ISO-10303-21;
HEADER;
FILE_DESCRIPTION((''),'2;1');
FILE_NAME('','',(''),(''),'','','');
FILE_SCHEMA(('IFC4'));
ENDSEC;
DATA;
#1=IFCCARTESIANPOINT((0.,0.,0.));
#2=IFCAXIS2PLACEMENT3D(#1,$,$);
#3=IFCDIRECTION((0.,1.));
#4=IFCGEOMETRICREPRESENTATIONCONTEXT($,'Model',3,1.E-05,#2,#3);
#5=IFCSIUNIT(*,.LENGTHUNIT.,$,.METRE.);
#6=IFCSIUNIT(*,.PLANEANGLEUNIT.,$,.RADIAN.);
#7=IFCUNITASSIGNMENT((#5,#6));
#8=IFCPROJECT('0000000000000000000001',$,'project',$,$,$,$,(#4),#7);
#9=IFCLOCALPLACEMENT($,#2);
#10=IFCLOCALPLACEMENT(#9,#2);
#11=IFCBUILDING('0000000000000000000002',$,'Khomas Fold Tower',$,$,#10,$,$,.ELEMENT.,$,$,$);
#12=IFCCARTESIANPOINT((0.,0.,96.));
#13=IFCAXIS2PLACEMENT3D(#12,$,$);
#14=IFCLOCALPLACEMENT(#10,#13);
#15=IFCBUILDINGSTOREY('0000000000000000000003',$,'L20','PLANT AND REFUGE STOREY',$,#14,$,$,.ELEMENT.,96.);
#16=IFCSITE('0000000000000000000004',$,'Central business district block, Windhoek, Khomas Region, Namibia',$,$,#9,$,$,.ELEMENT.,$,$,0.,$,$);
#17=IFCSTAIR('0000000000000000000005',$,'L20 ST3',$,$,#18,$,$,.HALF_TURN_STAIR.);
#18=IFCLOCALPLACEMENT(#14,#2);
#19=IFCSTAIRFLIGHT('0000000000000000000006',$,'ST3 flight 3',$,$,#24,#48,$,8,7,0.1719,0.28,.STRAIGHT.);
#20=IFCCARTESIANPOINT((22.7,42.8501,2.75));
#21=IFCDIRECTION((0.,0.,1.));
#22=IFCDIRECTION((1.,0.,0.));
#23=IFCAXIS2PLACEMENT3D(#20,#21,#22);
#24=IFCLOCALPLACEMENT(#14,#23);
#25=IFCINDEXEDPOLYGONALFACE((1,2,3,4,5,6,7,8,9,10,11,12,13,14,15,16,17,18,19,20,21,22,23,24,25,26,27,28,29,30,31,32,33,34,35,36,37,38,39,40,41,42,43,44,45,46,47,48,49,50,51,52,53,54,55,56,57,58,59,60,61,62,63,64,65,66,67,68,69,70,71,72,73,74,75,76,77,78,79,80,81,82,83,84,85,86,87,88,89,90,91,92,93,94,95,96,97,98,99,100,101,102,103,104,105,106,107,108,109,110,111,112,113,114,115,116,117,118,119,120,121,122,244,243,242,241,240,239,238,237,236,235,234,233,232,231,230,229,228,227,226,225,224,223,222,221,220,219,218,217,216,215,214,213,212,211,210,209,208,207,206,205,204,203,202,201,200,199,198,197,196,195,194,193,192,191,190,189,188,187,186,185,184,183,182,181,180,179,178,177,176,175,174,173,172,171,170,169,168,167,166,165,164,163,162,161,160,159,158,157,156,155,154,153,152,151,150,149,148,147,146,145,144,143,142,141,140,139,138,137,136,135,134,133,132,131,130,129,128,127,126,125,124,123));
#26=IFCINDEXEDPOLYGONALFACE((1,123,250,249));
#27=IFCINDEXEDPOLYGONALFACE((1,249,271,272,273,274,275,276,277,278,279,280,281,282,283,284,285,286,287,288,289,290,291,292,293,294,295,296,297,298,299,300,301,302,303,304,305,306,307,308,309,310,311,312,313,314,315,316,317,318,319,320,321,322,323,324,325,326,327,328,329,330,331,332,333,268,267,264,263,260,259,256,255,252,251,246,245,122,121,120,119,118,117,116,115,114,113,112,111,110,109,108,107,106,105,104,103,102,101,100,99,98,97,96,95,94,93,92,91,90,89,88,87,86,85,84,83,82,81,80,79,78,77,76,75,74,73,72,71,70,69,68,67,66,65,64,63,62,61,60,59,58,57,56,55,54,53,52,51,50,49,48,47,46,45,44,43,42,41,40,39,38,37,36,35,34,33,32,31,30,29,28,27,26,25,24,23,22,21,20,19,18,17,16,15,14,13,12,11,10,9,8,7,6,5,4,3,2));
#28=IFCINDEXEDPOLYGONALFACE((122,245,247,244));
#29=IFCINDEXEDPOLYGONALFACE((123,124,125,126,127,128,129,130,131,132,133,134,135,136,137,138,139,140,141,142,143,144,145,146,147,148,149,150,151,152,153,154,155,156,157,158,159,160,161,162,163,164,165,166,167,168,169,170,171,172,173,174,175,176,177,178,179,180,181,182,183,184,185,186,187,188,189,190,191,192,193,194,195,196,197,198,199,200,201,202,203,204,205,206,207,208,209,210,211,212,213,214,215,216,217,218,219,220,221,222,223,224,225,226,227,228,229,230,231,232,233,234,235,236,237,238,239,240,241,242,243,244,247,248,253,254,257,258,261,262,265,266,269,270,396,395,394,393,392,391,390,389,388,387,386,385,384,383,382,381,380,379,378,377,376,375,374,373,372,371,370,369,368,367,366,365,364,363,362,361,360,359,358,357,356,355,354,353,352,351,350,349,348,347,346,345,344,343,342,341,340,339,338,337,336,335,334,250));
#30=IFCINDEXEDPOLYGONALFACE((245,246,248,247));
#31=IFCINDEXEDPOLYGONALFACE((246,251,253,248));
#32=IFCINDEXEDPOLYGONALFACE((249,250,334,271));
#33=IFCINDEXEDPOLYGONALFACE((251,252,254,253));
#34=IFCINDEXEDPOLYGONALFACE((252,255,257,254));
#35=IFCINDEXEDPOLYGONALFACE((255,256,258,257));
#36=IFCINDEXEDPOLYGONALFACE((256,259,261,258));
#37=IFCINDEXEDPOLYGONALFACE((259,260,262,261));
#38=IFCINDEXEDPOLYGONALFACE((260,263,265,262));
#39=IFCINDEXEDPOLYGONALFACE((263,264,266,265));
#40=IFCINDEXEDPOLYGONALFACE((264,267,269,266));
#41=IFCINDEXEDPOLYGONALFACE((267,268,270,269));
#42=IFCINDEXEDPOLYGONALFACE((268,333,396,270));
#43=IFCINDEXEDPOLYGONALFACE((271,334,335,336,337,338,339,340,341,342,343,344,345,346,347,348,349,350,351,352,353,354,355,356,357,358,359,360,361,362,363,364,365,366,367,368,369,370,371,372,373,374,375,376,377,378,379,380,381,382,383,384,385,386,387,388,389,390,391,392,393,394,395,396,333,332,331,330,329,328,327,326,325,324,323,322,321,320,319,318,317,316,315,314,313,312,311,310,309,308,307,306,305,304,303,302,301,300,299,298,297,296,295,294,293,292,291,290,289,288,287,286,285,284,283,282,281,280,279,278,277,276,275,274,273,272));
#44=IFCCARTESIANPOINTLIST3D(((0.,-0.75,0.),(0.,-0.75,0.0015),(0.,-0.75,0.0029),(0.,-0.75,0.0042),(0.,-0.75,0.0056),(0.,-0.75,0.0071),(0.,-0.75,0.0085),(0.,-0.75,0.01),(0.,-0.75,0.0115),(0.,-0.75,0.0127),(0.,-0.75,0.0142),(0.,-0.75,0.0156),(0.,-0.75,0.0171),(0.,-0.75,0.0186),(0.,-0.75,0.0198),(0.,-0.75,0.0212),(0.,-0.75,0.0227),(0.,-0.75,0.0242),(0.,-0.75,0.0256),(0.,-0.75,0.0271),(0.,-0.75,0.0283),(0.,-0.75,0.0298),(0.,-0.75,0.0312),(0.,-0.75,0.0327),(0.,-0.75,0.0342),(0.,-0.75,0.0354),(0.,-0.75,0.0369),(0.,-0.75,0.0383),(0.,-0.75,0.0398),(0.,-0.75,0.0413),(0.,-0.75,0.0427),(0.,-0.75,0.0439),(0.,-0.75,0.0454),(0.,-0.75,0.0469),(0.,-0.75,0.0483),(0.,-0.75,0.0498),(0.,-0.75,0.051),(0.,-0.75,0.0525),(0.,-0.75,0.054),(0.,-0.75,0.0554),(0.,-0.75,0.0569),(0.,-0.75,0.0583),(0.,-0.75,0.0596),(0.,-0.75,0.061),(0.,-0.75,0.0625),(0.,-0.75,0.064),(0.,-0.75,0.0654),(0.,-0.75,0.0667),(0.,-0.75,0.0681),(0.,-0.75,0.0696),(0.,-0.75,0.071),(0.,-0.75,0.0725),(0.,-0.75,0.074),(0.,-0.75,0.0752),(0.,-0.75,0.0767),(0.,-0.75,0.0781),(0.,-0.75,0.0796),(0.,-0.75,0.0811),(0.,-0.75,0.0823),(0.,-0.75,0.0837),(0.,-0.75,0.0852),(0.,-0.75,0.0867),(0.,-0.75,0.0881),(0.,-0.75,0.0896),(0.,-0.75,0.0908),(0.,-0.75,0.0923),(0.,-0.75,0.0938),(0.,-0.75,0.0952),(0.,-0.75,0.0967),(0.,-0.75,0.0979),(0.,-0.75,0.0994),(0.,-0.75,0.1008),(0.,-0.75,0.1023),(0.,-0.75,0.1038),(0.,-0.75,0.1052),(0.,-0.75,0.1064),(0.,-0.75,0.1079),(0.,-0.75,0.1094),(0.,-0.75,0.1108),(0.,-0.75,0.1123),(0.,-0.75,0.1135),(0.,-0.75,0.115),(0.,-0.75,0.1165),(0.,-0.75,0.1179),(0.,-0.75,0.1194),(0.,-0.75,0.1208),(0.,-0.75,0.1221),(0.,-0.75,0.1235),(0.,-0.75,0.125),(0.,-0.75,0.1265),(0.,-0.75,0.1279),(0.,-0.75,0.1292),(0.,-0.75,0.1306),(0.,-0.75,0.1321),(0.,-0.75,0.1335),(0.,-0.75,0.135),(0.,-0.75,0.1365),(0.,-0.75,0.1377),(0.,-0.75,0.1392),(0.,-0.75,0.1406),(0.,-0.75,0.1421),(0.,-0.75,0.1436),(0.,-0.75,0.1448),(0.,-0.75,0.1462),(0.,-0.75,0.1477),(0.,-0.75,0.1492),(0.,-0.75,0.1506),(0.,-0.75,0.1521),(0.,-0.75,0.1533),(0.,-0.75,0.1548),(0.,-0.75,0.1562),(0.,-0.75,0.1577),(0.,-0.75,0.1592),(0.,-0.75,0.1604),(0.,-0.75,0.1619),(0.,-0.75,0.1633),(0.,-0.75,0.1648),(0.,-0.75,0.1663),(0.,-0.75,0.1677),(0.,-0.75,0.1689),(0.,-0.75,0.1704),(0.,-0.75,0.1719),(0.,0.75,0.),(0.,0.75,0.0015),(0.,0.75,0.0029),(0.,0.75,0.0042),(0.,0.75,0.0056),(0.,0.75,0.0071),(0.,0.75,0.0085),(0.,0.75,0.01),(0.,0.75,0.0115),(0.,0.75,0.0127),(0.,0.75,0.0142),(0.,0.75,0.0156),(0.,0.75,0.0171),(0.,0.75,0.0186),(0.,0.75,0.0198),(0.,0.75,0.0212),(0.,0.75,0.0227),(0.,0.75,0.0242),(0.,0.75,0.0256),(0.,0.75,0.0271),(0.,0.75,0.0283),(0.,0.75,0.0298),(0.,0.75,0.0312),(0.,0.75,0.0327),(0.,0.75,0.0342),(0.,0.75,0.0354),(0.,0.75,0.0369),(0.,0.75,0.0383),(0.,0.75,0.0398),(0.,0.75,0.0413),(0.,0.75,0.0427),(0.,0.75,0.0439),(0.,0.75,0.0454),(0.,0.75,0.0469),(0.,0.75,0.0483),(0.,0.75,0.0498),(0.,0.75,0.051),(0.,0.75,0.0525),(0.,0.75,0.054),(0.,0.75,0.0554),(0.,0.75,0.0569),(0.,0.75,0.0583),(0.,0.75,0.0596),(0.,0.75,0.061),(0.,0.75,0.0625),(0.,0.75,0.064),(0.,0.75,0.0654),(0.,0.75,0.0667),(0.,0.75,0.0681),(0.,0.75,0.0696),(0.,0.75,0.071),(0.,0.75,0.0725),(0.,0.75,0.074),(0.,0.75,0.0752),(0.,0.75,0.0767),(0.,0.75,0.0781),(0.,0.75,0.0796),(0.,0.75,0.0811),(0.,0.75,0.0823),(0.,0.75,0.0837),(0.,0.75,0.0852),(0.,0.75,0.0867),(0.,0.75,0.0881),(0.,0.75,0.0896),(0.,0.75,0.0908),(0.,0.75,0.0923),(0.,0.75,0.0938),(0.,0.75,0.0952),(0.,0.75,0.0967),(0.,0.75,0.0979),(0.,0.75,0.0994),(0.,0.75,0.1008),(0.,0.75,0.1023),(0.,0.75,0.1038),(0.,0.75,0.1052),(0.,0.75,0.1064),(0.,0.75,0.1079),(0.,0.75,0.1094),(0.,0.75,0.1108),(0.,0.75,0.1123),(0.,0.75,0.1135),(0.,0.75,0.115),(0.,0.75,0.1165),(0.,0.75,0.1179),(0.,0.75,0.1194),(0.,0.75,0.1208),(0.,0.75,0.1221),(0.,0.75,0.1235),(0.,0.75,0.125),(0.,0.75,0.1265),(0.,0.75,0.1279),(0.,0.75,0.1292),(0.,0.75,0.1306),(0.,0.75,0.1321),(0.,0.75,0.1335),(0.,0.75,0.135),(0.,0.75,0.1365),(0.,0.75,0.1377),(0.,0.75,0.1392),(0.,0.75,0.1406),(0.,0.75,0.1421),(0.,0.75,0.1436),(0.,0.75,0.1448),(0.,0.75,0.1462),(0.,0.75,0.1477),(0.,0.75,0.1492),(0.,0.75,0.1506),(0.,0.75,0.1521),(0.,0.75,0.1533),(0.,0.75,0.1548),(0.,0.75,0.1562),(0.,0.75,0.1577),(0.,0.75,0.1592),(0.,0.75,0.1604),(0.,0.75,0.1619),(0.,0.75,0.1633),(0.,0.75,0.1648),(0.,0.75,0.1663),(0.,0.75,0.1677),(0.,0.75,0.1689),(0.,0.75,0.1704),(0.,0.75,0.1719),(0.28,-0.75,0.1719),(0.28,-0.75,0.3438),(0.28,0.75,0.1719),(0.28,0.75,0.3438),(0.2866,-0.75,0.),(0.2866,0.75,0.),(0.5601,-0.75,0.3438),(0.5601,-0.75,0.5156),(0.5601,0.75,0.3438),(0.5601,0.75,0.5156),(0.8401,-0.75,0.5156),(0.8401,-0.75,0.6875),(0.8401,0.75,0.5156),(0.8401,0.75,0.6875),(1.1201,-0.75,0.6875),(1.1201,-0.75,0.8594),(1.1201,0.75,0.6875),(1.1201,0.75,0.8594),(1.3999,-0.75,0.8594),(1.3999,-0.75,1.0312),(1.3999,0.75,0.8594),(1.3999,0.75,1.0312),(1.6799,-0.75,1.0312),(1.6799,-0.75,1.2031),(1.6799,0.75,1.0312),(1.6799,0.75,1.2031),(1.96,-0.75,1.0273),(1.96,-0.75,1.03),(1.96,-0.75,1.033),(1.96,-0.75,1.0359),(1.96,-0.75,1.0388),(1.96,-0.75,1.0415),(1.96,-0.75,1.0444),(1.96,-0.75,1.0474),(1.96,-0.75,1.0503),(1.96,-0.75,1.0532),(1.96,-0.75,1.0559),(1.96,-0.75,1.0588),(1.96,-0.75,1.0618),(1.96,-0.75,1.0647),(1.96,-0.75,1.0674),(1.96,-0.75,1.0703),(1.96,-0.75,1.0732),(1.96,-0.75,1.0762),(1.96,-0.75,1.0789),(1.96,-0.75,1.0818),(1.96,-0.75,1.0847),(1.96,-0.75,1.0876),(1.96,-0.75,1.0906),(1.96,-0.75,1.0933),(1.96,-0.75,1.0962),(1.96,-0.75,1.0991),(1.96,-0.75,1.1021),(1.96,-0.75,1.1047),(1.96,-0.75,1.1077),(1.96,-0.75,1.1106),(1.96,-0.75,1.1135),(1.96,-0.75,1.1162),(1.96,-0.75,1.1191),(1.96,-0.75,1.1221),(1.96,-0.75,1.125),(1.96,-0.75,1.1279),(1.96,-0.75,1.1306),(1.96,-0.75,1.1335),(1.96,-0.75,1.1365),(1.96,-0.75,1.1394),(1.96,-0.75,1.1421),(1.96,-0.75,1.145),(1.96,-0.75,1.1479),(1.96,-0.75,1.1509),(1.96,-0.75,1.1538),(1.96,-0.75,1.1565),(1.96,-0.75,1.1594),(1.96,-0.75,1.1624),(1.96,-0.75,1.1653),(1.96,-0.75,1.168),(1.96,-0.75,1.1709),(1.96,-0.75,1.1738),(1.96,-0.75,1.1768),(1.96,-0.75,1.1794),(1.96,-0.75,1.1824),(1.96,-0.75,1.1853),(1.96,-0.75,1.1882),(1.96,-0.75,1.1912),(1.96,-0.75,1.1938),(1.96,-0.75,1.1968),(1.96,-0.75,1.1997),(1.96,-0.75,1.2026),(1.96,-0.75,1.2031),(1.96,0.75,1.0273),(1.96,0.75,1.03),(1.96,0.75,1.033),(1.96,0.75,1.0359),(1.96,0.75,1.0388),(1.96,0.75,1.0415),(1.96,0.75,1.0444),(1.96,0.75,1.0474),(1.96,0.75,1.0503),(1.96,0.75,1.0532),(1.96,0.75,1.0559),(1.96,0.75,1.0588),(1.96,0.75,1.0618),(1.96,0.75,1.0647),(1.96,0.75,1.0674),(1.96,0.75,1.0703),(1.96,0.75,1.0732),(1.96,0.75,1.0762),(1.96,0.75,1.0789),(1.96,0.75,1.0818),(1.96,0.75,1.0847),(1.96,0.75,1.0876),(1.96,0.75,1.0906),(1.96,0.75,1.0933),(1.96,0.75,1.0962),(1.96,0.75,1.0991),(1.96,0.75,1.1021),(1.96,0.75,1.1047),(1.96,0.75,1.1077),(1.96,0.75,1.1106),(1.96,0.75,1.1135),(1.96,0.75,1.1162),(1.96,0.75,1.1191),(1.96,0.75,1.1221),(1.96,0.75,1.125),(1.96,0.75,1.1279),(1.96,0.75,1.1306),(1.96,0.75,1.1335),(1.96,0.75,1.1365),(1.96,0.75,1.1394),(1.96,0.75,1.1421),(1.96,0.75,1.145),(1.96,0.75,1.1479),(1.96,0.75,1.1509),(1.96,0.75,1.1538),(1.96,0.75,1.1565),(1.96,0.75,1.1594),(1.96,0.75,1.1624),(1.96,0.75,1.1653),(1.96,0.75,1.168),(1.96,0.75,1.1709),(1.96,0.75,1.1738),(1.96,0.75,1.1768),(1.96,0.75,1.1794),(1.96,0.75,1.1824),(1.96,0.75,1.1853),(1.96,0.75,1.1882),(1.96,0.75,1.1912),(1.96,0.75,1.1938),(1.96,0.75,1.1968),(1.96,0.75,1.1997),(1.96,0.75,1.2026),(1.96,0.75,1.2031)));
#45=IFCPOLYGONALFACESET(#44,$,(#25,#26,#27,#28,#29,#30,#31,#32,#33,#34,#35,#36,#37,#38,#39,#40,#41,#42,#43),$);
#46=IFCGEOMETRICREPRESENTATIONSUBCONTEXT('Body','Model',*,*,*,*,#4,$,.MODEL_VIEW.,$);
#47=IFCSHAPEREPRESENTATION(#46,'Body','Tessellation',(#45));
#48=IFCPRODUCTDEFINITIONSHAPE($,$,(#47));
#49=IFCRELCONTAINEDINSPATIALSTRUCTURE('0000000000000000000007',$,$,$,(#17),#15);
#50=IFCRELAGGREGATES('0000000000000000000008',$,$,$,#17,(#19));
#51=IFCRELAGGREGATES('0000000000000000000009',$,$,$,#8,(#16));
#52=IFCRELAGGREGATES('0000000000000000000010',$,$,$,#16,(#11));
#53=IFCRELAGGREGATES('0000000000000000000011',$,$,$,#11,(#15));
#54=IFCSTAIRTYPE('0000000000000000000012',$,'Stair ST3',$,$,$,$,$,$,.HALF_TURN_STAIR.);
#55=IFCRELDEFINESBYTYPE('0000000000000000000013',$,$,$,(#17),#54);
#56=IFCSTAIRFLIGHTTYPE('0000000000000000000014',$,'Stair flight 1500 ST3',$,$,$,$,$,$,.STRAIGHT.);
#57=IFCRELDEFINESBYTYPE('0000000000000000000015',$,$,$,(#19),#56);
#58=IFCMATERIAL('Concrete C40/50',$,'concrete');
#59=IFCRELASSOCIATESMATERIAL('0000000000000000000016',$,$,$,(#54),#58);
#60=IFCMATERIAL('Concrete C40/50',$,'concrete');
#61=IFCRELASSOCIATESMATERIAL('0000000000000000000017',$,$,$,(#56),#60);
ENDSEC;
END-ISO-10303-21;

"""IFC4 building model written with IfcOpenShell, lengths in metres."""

from ifc_helpers import new_model, si_unit, direction, frame, origin, place, context, subcontext, project, spatial, polyline, outline, extrude, source, transform, mapped, material, type_object, element, aggregate, save


model = new_model("IFC4")

# Units and contexts
model_context = context("Model", 3, precision=1e-05, world=origin(), true_north=direction((0.0, 1.0)))
body_context = subcontext(model_context, "Body", "Model", "MODEL_VIEW")
ifc_project = project(units=[si_unit("LENGTHUNIT", "METRE"), si_unit("PLANEANGLEUNIT", "RADIAN")], contexts=[model_context])

# Site, building, storey
site_placement = place(None, origin())
site = spatial("IfcSite", under=ifc_project, at=site_placement, Name="Central business district block, Windhoek, Khomas Region, Namibia", CompositionType="ELEMENT", RefElevation=0.0)
building_placement = place(site_placement, origin())
building = spatial("IfcBuilding", under=site, at=building_placement, Name="Khomas Fold Tower", CompositionType="ELEMENT")
storey_placement = place(building_placement, frame((0.0, 0.0, 96.0)))
storey = spatial("IfcBuildingStorey", under=building, at=storey_placement, Name="L20", Description="PLANT AND REFUGE STOREY", CompositionType="ELEMENT", Elevation=96.0)

# Stair, stair flight
ifc_material_1 = material(Name="Concrete C40/50", Category="concrete")
stair_type = type_object("IfcStairType", Name="Stair ST3", PredefinedType="HALF_TURN_STAIR", material=ifc_material_1)
stair_placement = place(storey_placement, origin())
stair = element("IfcStair", 1, at=stair_placement, inside=storey, type_object=stair_type, Name="L20 ST3", PredefinedType="HALF_TURN_STAIR")
ifc_material_2 = material(Name="Concrete C40/50", Category="concrete")
stair_flight_type = type_object("IfcStairFlightType", Name="Stair flight 1500 ST3", PredefinedType="STRAIGHT", material=ifc_material_2)
shared_shape_1 = source(origin(), body_context, "Body", "SweptSolid", [
    extrude(outline(polyline([(0.0, 0.0), (0.0, 0.0015), (0.0, 0.0029), (0.0, 0.0042), (0.0, 0.0056), (0.0, 0.0071), (0.0, 0.0085), (0.0, 0.01), (0.0, 0.0115), (0.0, 0.0127), (0.0, 0.0142), (0.0, 0.0156), (0.0, 0.0171), (0.0, 0.0186), (0.0, 0.0198), (0.0, 0.0212), (0.0, 0.0227), (0.0, 0.0242), (0.0, 0.0256), (0.0, 0.0271), (0.0, 0.0283), (0.0, 0.0298), (0.0, 0.0312), (0.0, 0.0327), (0.0, 0.0342), (0.0, 0.0354), (0.0, 0.0369), (0.0, 0.0383), (0.0, 0.0398), (0.0, 0.0413), (0.0, 0.0427), (0.0, 0.0439), (0.0, 0.0454), (0.0, 0.0469), (0.0, 0.0483), (0.0, 0.0498), (0.0, 0.051), (0.0, 0.0525), (0.0, 0.054), (0.0, 0.0554), (0.0, 0.0569), (0.0, 0.0583), (0.0, 0.0596), (0.0, 0.061), (0.0, 0.0625), (0.0, 0.064), (0.0, 0.0654), (0.0, 0.0667), (0.0, 0.0681), (0.0, 0.0696), (0.0, 0.071), (0.0, 0.0725), (0.0, 0.074), (0.0, 0.0752), (0.0, 0.0767), (0.0, 0.0781), (0.0, 0.0796), (0.0, 0.0811), (0.0, 0.0823), (0.0, 0.0837), (0.0, 0.0852), (0.0, 0.0867), (0.0, 0.0881), (0.0, 0.0896), (0.0, 0.0908), (0.0, 0.0923), (0.0, 0.0938), (0.0, 0.0952), (0.0, 0.0967), (0.0, 0.0979), (0.0, 0.0994), (0.0, 0.1008), (0.0, 0.1023), (0.0, 0.1038), (0.0, 0.1052), (0.0, 0.1064), (0.0, 0.1079), (0.0, 0.1094), (0.0, 0.1108), (0.0, 0.1123), (0.0, 0.1135), (0.0, 0.115), (0.0, 0.1165), (0.0, 0.1179), (0.0, 0.1194), (0.0, 0.1208), (0.0, 0.1221), (0.0, 0.1235), (0.0, 0.125), (0.0, 0.1265), (0.0, 0.1279), (0.0, 0.1292), (0.0, 0.1306), (0.0, 0.1321), (0.0, 0.1335), (0.0, 0.135), (0.0, 0.1365), (0.0, 0.1377), (0.0, 0.1392), (0.0, 0.1406), (0.0, 0.1421), (0.0, 0.1436), (0.0, 0.1448), (0.0, 0.1462), (0.0, 0.1477), (0.0, 0.1492), (0.0, 0.1506), (0.0, 0.1521), (0.0, 0.1533), (0.0, 0.1548), (0.0, 0.1562), (0.0, 0.1577), (0.0, 0.1592), (0.0, 0.1604), (0.0, 0.1619), (0.0, 0.1633), (0.0, 0.1648), (0.0, 0.1663), (0.0, 0.1677), (0.0, 0.1689), (0.0, 0.1704), (0.0, 0.1719), (0.28, 0.1719), (0.28, 0.3438), (0.5601, 0.3438), (0.5601, 0.5156), (0.8401, 0.5156), (0.8401, 0.6875), (1.1201, 0.6875), (1.1201, 0.8594), (1.3999, 0.8594), (1.3999, 1.0312), (1.6799, 1.0312), (1.6799, 1.2031), (1.96, 1.2031), (1.96, 1.375), (1.96, 1.3721), (1.96, 1.3691), (1.96, 1.3665), (1.96, 1.3635), (1.96, 1.3606), (1.96, 1.3577), (1.96, 1.355), (1.96, 1.3521), (1.96, 1.3491), (1.96, 1.3462), (1.96, 1.3435), (1.96, 1.3406), (1.96, 1.3376), (1.96, 1.3347), (1.96, 1.3318), (1.96, 1.3291), (1.96, 1.3262), (1.96, 1.3232), (1.96, 1.3203), (1.96, 1.3176), (1.96, 1.3147), (1.96, 1.3118), (1.96, 1.3088), (1.96, 1.3059), (1.96, 1.3032), (1.96, 1.3003), (1.96, 1.2974), (1.96, 1.2944), (1.96, 1.2917), (1.96, 1.2888), (1.96, 1.2859), (1.96, 1.283), (1.96, 1.2803), (1.96, 1.2773), (1.96, 1.2744), (1.96, 1.2715), (1.96, 1.2686), (1.96, 1.2659), (1.96, 1.2629), (1.96, 1.26), (1.96, 1.2571), (1.96, 1.2544), (1.96, 1.2515), (1.96, 1.2485), (1.96, 1.2456), (1.96, 1.2427), (1.96, 1.24), (1.96, 1.2371), (1.96, 1.2341), (1.96, 1.2312), (1.96, 1.2285), (1.96, 1.2256), (1.96, 1.2227), (1.96, 1.2197), (1.96, 1.217), (1.96, 1.2141), (1.96, 1.2112), (1.96, 1.2083), (1.96, 1.2053), (1.96, 1.2026), (1.96, 1.1997), (1.96, 1.1968), (1.96, 1.1938), (1.96, 1.1912), (1.96, 1.1882), (1.96, 1.1853), (1.96, 1.1824), (1.96, 1.1794), (1.96, 1.1768), (1.96, 1.1738), (1.96, 1.1709), (1.96, 1.168), (1.96, 1.1653), (1.96, 1.1624), (1.96, 1.1594), (1.96, 1.1565), (1.96, 1.1538), (1.96, 1.1509), (1.96, 1.1479), (1.96, 1.145), (1.96, 1.1421), (1.96, 1.1394), (1.96, 1.1365), (1.96, 1.1335), (1.96, 1.1306), (1.96, 1.1279), (1.96, 1.125), (1.96, 1.1221), (1.96, 1.1191), (1.96, 1.1162), (1.96, 1.1135), (1.96, 1.1106), (1.96, 1.1077), (1.96, 1.1047), (1.96, 1.1021), (1.96, 1.0991), (1.96, 1.0962), (1.96, 1.0933), (1.96, 1.0906), (1.96, 1.0876), (1.96, 1.0847), (1.96, 1.0818), (1.96, 1.0789), (1.96, 1.0762), (1.96, 1.0732), (1.96, 1.0703), (1.96, 1.0674), (1.96, 1.0647), (1.96, 1.0618), (1.96, 1.0588), (1.96, 1.0559), (1.96, 1.0532), (1.96, 1.0503), (1.96, 1.0474), (1.96, 1.0444), (1.96, 1.0415), (1.96, 1.0388), (1.96, 1.0359), (1.96, 1.033), (1.96, 1.03), (1.96, 1.0273), (0.2866, 0.0), (0.0, 0.0)])), frame((0.0, 0.75, 0.0), z_axis=(0.0, -1.0, 0.0), x_axis=(1.0, 0.0, 0.0)), (0.0, 0.0, 1.0), 1.5),
])
stair_flight_1_placement = place(storey_placement, frame((22.7, 42.8501, 2.75), z_axis=(0.0, 0.0, 1.0), x_axis=(1.0, 0.0, 0.0)))
stair_flight_1 = element("IfcStairFlight", 2, at=stair_flight_1_placement, type_object=stair_flight_type, Name="ST3 flight 3", NumberOfRisers=8, NumberOfTreads=7, PredefinedType="STRAIGHT", RiserHeight=0.1719, TreadLength=0.28, context=body_context, shape_type="MappedRepresentation", body=[
    mapped(shared_shape_1, transform((0.0, 0.0, 0.0))),
])
aggregate(stair, [stair_flight_1])

save(model, "model.ifc")
